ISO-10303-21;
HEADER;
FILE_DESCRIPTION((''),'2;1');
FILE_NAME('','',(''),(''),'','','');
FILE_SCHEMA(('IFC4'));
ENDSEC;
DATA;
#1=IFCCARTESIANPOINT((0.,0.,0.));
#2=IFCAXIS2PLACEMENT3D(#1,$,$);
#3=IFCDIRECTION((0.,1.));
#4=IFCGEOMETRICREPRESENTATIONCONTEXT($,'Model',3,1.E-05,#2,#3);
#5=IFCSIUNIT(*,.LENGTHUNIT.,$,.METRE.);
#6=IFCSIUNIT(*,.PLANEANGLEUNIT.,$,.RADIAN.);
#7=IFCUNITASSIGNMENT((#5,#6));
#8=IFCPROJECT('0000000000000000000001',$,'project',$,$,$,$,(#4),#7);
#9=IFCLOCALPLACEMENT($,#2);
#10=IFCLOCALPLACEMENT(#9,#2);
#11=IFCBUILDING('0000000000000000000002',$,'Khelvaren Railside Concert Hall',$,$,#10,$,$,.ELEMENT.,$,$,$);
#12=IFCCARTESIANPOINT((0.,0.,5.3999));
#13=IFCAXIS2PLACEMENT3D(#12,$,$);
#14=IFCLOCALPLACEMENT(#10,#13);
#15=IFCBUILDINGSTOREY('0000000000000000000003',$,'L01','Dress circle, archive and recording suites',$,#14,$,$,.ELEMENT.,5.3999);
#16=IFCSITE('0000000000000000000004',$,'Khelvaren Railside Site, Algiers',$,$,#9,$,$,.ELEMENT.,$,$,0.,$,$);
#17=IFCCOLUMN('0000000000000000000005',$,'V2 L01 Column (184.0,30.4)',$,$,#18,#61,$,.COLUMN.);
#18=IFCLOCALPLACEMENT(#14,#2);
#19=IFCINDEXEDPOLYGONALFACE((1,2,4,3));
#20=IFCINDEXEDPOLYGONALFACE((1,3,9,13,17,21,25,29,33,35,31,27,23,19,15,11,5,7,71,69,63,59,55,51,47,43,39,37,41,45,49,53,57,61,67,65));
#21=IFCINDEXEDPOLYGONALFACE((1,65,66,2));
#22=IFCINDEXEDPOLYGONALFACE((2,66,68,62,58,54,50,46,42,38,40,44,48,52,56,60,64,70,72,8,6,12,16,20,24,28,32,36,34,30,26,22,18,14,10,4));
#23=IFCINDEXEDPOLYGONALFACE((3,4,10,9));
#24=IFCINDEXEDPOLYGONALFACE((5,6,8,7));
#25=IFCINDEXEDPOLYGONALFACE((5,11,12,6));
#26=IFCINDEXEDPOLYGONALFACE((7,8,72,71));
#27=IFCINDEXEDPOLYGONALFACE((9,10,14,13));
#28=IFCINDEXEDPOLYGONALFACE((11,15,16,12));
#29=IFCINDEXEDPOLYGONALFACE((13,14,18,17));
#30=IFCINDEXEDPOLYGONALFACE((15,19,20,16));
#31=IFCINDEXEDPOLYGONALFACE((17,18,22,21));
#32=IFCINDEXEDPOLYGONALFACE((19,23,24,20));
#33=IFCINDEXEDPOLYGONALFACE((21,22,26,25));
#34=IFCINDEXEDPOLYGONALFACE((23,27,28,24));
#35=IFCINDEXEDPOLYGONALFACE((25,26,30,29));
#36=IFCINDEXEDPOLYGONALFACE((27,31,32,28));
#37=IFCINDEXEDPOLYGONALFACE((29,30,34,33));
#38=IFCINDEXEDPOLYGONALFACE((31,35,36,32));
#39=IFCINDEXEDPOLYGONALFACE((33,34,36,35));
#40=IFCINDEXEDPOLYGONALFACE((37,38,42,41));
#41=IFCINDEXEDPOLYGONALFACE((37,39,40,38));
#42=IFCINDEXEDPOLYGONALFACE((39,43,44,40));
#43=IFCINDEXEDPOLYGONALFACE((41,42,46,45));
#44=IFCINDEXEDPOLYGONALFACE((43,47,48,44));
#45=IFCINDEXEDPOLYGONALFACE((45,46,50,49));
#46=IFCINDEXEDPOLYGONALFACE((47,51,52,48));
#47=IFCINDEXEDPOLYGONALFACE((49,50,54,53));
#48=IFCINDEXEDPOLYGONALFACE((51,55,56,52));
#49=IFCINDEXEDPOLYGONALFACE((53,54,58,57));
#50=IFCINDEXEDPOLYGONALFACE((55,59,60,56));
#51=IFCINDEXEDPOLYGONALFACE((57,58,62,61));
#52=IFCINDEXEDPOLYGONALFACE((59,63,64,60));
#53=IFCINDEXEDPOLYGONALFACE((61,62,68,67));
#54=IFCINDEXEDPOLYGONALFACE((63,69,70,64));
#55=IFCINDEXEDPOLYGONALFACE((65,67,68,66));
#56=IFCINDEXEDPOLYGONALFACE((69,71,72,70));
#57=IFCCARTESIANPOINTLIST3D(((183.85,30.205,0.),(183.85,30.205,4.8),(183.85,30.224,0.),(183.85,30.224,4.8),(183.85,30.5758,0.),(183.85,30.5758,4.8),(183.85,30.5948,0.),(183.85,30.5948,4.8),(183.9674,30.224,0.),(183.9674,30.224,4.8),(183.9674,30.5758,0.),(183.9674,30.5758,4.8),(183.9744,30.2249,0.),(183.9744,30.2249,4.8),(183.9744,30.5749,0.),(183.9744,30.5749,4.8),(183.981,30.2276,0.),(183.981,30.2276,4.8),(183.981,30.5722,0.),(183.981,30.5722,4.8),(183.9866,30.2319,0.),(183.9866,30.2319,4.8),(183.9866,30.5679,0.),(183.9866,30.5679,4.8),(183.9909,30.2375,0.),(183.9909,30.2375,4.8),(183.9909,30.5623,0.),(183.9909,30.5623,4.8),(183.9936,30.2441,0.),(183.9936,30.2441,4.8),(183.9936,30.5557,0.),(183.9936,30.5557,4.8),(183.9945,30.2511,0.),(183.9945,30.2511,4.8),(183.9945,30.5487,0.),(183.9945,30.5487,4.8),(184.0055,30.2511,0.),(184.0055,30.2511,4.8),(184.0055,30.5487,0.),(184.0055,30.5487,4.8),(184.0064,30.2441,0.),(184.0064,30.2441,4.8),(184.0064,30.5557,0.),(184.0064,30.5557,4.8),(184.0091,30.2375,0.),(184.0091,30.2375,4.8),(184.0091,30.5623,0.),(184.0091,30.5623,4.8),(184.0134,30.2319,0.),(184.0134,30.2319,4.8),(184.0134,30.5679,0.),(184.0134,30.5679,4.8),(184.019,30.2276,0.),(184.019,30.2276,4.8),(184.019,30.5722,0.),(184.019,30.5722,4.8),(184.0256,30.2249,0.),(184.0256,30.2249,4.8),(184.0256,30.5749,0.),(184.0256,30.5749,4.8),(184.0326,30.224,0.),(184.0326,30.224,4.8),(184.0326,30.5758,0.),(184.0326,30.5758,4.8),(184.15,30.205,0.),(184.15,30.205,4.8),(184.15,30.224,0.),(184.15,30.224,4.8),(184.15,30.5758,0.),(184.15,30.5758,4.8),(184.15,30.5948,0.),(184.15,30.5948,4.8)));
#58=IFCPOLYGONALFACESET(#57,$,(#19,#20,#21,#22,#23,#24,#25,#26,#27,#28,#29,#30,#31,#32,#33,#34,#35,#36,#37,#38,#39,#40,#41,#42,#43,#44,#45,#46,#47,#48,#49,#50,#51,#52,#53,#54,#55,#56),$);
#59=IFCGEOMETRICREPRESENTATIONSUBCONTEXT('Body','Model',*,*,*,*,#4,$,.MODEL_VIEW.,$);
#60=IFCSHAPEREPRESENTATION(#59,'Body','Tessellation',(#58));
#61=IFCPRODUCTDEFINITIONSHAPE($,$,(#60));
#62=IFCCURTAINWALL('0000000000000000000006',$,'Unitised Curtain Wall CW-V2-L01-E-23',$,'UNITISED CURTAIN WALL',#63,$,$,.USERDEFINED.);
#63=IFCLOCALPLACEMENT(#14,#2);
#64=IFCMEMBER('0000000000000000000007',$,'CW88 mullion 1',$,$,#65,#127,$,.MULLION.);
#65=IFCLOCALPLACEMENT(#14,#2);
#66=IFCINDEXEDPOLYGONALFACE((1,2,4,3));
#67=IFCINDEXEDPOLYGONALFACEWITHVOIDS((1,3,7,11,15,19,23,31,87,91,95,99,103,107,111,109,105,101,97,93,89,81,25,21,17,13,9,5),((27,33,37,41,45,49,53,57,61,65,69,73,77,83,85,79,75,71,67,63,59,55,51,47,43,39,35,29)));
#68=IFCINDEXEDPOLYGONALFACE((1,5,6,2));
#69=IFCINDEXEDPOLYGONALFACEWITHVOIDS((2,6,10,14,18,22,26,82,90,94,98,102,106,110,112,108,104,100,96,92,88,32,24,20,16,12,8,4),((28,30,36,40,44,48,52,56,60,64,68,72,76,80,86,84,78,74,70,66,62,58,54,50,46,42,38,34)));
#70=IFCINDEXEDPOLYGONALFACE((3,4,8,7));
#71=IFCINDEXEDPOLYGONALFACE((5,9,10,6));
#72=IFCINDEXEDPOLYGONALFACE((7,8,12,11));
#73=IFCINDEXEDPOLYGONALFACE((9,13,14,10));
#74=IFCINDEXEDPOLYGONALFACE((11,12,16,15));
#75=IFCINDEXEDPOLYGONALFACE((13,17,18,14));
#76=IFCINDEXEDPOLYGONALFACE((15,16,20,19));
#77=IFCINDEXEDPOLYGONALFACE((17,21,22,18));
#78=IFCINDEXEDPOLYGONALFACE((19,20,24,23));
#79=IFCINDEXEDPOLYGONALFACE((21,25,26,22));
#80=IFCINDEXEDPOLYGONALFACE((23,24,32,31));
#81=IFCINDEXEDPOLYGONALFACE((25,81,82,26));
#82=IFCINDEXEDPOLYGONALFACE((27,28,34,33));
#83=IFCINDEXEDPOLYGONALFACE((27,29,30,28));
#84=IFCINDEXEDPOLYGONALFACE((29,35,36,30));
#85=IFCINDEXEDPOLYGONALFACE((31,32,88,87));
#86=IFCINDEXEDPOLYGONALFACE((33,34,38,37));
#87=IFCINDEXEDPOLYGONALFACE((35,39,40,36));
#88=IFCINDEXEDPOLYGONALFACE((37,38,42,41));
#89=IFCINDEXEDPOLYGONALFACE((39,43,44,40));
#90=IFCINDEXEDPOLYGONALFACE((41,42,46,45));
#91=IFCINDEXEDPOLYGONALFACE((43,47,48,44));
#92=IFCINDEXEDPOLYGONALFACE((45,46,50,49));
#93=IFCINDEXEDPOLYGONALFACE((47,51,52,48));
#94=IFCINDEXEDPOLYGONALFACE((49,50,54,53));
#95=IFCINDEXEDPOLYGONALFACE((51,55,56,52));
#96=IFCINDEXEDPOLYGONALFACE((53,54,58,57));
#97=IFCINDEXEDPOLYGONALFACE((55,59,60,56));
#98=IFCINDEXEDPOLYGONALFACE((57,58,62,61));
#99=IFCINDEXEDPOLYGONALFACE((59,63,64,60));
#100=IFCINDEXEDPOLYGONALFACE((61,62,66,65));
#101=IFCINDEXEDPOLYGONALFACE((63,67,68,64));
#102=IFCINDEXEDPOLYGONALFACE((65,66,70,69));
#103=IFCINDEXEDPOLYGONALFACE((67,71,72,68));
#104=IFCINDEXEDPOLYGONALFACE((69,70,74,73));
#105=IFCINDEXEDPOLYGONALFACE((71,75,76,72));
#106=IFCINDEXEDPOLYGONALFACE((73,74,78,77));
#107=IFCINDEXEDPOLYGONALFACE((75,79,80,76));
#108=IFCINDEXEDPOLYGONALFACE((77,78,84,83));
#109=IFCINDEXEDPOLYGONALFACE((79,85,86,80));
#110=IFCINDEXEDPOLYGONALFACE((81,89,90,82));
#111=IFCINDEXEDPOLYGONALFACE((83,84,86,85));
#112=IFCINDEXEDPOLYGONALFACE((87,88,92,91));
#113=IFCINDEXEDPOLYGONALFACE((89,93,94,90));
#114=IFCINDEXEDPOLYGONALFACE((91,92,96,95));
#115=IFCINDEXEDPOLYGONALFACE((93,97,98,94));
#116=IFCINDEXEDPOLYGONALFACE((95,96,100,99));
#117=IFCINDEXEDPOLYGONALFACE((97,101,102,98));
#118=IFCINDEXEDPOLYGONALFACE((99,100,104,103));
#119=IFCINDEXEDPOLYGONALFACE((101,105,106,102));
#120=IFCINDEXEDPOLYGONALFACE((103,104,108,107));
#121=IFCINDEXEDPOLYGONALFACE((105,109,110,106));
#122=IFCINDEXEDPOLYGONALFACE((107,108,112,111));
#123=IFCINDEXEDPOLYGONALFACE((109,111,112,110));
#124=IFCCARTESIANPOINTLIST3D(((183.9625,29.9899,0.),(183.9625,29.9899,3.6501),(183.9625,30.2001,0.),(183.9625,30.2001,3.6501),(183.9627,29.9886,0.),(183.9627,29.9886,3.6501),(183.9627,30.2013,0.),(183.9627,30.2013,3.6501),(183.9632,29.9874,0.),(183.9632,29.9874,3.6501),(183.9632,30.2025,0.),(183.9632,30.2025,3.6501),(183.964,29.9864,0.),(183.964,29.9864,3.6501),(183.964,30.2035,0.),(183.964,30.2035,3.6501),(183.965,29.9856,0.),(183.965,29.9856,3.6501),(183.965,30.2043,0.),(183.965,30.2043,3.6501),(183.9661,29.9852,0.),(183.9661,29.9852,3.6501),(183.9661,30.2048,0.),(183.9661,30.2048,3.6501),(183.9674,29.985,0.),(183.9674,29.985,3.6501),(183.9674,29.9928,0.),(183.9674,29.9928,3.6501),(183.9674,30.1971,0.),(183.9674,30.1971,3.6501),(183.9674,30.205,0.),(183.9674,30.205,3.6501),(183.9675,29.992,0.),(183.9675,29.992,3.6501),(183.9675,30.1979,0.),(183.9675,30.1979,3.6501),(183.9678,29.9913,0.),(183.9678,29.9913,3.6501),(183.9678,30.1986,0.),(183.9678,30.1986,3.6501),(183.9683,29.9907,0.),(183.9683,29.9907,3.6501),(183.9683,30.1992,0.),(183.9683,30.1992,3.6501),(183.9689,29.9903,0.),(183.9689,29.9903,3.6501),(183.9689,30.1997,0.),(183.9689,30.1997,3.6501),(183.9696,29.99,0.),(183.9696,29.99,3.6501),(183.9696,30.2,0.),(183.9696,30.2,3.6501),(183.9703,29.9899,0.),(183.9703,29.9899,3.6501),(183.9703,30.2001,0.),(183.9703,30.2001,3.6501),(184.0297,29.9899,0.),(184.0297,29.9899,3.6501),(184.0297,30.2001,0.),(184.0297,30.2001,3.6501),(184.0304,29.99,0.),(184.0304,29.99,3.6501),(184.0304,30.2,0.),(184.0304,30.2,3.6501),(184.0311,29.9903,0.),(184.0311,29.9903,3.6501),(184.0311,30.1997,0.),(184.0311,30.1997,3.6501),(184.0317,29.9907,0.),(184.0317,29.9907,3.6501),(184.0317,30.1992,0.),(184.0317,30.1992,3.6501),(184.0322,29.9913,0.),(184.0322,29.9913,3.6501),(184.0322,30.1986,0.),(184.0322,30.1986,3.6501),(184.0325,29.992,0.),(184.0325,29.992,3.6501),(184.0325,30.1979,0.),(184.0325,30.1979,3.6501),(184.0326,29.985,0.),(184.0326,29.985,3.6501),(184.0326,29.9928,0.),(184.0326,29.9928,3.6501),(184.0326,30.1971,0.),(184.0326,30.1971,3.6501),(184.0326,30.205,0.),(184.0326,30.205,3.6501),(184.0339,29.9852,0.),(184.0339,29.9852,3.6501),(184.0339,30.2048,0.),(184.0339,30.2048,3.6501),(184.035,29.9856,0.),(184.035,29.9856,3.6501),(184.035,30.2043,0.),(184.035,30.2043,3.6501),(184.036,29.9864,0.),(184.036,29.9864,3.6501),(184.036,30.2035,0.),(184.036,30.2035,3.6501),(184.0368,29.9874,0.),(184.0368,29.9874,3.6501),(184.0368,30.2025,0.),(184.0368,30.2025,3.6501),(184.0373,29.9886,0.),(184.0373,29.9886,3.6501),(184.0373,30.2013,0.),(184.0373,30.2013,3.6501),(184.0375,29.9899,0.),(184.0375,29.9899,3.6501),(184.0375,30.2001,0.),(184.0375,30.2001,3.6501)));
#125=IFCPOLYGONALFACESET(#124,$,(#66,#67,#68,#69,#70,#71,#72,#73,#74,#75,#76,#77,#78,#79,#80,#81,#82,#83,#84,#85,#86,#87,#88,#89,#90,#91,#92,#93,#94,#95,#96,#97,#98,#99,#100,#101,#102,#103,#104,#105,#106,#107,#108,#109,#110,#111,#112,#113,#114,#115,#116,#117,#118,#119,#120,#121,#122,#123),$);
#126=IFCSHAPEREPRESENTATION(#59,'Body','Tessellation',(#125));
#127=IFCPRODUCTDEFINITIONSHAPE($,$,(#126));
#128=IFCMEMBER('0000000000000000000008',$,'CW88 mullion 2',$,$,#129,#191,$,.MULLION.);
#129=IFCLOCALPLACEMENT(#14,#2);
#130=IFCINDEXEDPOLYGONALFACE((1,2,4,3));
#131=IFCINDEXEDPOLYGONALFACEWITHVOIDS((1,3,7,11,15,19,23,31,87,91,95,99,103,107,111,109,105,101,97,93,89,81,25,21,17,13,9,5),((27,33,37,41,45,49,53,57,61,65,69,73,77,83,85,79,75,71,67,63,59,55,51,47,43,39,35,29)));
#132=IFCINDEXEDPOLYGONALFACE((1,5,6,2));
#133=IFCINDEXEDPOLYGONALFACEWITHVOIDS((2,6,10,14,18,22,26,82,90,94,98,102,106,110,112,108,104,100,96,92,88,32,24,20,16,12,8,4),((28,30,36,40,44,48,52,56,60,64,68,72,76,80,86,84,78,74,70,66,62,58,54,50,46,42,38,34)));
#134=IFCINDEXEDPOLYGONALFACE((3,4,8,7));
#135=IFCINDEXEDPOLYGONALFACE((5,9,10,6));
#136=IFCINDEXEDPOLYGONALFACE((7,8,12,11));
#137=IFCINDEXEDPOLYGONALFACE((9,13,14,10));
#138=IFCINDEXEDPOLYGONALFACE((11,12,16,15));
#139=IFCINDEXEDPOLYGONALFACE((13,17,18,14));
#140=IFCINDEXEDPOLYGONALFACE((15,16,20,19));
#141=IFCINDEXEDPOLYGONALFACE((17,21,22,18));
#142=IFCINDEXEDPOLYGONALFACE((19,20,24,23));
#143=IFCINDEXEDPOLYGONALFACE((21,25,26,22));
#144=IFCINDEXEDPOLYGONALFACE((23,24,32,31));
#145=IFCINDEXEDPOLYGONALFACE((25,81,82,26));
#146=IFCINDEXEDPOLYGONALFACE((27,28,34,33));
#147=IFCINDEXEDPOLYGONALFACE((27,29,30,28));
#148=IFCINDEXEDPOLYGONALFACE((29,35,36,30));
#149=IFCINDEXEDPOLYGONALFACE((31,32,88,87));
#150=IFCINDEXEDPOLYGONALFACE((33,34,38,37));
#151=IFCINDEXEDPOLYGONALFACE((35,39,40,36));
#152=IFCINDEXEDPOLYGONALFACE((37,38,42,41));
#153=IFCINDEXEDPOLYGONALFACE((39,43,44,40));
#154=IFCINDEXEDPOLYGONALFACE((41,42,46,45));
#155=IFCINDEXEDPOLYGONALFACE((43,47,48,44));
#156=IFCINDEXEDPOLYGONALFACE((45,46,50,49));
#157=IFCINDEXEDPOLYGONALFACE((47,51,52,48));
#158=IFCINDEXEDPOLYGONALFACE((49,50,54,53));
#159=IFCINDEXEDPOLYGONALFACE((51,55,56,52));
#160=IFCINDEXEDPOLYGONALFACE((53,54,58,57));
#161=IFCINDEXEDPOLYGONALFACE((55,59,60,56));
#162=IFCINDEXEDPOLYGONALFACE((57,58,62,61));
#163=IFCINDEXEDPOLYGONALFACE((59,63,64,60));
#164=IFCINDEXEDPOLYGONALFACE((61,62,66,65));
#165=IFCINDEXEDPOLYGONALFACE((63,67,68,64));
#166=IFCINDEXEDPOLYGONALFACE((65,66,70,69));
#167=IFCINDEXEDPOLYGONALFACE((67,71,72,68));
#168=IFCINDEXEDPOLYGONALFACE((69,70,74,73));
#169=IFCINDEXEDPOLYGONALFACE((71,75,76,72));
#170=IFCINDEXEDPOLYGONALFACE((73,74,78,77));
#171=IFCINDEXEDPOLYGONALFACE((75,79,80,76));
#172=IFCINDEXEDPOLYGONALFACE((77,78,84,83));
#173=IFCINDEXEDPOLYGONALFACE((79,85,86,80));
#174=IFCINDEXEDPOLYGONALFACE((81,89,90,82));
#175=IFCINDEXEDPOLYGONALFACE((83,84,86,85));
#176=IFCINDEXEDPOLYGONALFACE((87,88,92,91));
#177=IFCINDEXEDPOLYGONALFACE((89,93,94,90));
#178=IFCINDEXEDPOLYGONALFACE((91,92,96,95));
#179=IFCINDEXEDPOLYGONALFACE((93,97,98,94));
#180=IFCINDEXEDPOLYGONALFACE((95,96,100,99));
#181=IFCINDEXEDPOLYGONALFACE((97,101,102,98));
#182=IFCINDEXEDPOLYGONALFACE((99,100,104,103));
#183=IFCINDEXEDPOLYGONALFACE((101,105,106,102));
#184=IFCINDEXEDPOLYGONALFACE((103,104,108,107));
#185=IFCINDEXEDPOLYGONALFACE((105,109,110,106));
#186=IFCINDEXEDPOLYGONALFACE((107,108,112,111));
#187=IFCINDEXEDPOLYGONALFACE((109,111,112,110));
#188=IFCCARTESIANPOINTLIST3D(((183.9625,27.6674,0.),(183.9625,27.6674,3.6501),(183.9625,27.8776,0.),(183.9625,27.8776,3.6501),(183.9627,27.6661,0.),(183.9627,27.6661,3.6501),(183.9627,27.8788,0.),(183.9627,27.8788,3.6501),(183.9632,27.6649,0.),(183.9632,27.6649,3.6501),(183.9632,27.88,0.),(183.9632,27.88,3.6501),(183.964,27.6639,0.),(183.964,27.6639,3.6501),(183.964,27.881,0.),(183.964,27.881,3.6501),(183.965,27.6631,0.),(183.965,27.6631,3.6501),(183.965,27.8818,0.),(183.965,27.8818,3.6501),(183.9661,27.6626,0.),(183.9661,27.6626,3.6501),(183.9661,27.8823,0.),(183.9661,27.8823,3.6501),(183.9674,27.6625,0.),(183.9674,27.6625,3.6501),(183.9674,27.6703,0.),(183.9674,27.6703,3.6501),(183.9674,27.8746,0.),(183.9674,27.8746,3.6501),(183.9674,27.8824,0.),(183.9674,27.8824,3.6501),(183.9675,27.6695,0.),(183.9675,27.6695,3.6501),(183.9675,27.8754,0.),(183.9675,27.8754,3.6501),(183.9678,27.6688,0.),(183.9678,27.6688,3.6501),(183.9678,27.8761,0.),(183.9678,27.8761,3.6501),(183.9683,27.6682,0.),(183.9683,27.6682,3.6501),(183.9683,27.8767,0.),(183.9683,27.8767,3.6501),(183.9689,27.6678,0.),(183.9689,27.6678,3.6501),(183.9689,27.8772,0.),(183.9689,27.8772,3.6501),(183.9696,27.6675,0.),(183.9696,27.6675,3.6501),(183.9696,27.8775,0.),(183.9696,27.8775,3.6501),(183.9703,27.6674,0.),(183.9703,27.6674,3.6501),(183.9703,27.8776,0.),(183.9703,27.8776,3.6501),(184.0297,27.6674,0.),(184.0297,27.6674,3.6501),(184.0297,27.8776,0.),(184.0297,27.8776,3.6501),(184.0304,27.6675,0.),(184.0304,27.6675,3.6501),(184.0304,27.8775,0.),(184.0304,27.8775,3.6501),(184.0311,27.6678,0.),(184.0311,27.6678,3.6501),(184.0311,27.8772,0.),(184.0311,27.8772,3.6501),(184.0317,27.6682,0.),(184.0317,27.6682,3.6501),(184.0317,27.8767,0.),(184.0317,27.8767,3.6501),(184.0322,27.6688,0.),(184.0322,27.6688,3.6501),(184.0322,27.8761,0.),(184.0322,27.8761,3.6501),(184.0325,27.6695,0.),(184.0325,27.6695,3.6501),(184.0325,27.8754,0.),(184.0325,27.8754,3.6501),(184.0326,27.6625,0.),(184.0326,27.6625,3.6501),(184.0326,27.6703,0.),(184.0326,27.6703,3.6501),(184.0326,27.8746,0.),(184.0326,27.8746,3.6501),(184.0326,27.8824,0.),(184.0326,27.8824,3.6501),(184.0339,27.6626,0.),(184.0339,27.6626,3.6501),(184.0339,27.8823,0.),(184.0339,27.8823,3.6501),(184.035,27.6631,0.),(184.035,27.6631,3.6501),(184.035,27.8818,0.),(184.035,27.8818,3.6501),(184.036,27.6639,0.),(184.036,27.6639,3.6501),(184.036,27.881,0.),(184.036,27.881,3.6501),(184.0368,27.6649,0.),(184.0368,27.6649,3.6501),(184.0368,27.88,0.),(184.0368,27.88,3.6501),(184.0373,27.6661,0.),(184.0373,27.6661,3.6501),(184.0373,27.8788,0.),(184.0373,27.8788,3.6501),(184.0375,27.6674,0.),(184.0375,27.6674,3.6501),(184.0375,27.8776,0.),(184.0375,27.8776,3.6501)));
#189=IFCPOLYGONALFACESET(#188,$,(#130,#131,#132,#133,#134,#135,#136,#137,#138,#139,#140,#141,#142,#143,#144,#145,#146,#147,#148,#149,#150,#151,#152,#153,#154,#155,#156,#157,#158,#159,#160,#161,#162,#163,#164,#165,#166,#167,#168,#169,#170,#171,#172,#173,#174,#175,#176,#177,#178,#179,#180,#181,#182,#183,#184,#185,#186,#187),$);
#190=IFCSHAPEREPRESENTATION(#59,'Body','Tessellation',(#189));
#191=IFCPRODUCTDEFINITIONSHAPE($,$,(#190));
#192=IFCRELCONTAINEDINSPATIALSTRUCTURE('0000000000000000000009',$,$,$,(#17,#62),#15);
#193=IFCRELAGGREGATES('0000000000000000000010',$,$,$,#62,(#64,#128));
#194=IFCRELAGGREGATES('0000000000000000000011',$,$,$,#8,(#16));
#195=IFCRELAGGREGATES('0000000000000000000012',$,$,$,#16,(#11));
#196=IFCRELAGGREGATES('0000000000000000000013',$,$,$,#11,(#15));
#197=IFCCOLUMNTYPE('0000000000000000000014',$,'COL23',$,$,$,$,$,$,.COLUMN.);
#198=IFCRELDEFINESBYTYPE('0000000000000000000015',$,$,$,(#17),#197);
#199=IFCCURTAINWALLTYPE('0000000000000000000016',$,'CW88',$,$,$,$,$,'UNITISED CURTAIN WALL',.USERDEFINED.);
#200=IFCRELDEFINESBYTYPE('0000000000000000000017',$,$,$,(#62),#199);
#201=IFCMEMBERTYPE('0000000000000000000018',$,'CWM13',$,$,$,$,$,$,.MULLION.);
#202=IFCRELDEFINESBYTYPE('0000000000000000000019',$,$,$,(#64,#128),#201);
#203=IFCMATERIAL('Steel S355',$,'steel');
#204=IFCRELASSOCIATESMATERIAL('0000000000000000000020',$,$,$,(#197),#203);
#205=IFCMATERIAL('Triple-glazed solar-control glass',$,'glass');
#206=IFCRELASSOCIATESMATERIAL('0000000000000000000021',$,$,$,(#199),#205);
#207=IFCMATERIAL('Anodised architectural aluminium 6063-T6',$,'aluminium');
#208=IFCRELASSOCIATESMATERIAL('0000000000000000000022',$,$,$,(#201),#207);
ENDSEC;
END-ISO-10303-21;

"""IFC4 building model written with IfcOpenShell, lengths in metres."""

from ifc_helpers import new_model, si_unit, direction, frame, origin, origin_2d, place, context, subcontext, project, spatial, hollow_rectangle, i_section, extrude, material, material_profile, profile_set, type_object, element, aggregate, save


model = new_model("IFC4")

# Units and contexts
model_context = context("Model", 3, precision=1e-05, world=origin(), true_north=direction((0.0, 1.0)))
body_context = subcontext(model_context, "Body", "Model", "MODEL_VIEW")
ifc_project = project(units=[si_unit("LENGTHUNIT", "METRE"), si_unit("PLANEANGLEUNIT", "RADIAN")], contexts=[model_context])

# Site, building, storey
site_placement = place(None, origin())
site = spatial("IfcSite", under=ifc_project, at=site_placement, Name="Khelvaren Railside Site, Algiers", CompositionType="ELEMENT", RefElevation=0.0)
building_placement = place(site_placement, origin())
building = spatial("IfcBuilding", under=site, at=building_placement, Name="Khelvaren Railside Concert Hall", CompositionType="ELEMENT")
storey_placement = place(building_placement, frame((0.0, 0.0, 5.3999)))
storey = spatial("IfcBuildingStorey", under=building, at=storey_placement, Name="L01", Description="Dress circle, archive and recording suites", CompositionType="ELEMENT", Elevation=5.3999)

# Column
ifc_material_1 = material(Name="Steel S355", Category="steel")
ifc_material_profile_1 = material_profile(ifc_material_1, i_section(OverallWidth=0.3, OverallDepth=0.3899, WebThickness=0.011, FlangeThickness=0.019, FilletRadius=0.0271, at=origin_2d()), Name="HEA 400")
ifc_profile_set_1 = profile_set([ifc_material_profile_1], Name="Steel S355")
column_type = type_object("IfcColumnType", Name="COL23", PredefinedType="COLUMN", material=ifc_profile_set_1)
column_placement = place(storey_placement, frame((184.0, 30.3999, 0.0), z_axis=(0.0, 0.0, 1.0), x_axis=(1.0, 0.0, 0.0)))
element("IfcColumn", 1, at=column_placement, inside=storey, type_object=column_type, Name="V2 L01 Column (184.0,30.4)", PredefinedType="COLUMN", context=body_context, shape_type="SweptSolid", body=[
    extrude(i_section(OverallWidth=0.3, OverallDepth=0.3899, WebThickness=0.011, FlangeThickness=0.019, FilletRadius=0.0271, at=origin_2d()), origin(), (0.0, 0.0, 1.0), 4.8),
])

# Curtain wall, members
ifc_material_2 = material(Name="Triple-glazed solar-control glass", Category="glass")
curtain_wall_type = type_object("IfcCurtainWallType", Name="CW88", ElementType="UNITISED CURTAIN WALL", PredefinedType="USERDEFINED", material=ifc_material_2)
curtain_wall_placement = place(storey_placement, origin())
curtain_wall = element("IfcCurtainWall", 2, at=curtain_wall_placement, inside=storey, type_object=curtain_wall_type, Name="Unitised Curtain Wall CW-V2-L01-E-23", ObjectType="UNITISED CURTAIN WALL", PredefinedType="USERDEFINED")
ifc_material_3 = material(Name="Anodised architectural aluminium 6063-T6", Category="aluminium")
ifc_material_profile_2 = material_profile(ifc_material_3, hollow_rectangle(XDim=0.075, YDim=0.22, WallThickness=0.0049, InnerFilletRadius=0.0029, OuterFilletRadius=0.0049, at=origin_2d()), Name="CWM 75x220x5")
ifc_profile_set_2 = profile_set([ifc_material_profile_2], Name="Anodised architectural aluminium 6063-T6")
member_type_1 = type_object("IfcMemberType", Name="CWM13", PredefinedType="MULLION", material=ifc_profile_set_2)
member_1_placement = place(storey_placement, frame((184.0, 30.095, 0.0), z_axis=(0.0, 0.0, 1.0), x_axis=(1.0, 0.0, 0.0)))
member_1 = element("IfcMember", 3, at=member_1_placement, type_object=member_type_1, Name="CW88 mullion 1", PredefinedType="MULLION", context=body_context, shape_type="SweptSolid", body=[
    extrude(hollow_rectangle(XDim=0.075, YDim=0.22, WallThickness=0.0049, InnerFilletRadius=0.0029, OuterFilletRadius=0.0049, at=origin_2d()), origin(), (0.0, 0.0, 1.0), 3.6501),
])
member_2_placement = place(storey_placement, frame((184.0, 27.7725, 0.0), z_axis=(0.0, 0.0, 1.0), x_axis=(1.0, 0.0, 0.0)))
member_2 = element("IfcMember", 4, at=member_2_placement, type_object=member_type_1, Name="CW88 mullion 2", PredefinedType="MULLION", context=body_context, shape_type="SweptSolid", body=[
    extrude(hollow_rectangle(XDim=0.075, YDim=0.22, WallThickness=0.0049, InnerFilletRadius=0.0029, OuterFilletRadius=0.0049, at=origin_2d()), origin(), (0.0, 0.0, 1.0), 3.6501),
])
aggregate(curtain_wall, [member_1, member_2])

save(model, "model.ifc")
